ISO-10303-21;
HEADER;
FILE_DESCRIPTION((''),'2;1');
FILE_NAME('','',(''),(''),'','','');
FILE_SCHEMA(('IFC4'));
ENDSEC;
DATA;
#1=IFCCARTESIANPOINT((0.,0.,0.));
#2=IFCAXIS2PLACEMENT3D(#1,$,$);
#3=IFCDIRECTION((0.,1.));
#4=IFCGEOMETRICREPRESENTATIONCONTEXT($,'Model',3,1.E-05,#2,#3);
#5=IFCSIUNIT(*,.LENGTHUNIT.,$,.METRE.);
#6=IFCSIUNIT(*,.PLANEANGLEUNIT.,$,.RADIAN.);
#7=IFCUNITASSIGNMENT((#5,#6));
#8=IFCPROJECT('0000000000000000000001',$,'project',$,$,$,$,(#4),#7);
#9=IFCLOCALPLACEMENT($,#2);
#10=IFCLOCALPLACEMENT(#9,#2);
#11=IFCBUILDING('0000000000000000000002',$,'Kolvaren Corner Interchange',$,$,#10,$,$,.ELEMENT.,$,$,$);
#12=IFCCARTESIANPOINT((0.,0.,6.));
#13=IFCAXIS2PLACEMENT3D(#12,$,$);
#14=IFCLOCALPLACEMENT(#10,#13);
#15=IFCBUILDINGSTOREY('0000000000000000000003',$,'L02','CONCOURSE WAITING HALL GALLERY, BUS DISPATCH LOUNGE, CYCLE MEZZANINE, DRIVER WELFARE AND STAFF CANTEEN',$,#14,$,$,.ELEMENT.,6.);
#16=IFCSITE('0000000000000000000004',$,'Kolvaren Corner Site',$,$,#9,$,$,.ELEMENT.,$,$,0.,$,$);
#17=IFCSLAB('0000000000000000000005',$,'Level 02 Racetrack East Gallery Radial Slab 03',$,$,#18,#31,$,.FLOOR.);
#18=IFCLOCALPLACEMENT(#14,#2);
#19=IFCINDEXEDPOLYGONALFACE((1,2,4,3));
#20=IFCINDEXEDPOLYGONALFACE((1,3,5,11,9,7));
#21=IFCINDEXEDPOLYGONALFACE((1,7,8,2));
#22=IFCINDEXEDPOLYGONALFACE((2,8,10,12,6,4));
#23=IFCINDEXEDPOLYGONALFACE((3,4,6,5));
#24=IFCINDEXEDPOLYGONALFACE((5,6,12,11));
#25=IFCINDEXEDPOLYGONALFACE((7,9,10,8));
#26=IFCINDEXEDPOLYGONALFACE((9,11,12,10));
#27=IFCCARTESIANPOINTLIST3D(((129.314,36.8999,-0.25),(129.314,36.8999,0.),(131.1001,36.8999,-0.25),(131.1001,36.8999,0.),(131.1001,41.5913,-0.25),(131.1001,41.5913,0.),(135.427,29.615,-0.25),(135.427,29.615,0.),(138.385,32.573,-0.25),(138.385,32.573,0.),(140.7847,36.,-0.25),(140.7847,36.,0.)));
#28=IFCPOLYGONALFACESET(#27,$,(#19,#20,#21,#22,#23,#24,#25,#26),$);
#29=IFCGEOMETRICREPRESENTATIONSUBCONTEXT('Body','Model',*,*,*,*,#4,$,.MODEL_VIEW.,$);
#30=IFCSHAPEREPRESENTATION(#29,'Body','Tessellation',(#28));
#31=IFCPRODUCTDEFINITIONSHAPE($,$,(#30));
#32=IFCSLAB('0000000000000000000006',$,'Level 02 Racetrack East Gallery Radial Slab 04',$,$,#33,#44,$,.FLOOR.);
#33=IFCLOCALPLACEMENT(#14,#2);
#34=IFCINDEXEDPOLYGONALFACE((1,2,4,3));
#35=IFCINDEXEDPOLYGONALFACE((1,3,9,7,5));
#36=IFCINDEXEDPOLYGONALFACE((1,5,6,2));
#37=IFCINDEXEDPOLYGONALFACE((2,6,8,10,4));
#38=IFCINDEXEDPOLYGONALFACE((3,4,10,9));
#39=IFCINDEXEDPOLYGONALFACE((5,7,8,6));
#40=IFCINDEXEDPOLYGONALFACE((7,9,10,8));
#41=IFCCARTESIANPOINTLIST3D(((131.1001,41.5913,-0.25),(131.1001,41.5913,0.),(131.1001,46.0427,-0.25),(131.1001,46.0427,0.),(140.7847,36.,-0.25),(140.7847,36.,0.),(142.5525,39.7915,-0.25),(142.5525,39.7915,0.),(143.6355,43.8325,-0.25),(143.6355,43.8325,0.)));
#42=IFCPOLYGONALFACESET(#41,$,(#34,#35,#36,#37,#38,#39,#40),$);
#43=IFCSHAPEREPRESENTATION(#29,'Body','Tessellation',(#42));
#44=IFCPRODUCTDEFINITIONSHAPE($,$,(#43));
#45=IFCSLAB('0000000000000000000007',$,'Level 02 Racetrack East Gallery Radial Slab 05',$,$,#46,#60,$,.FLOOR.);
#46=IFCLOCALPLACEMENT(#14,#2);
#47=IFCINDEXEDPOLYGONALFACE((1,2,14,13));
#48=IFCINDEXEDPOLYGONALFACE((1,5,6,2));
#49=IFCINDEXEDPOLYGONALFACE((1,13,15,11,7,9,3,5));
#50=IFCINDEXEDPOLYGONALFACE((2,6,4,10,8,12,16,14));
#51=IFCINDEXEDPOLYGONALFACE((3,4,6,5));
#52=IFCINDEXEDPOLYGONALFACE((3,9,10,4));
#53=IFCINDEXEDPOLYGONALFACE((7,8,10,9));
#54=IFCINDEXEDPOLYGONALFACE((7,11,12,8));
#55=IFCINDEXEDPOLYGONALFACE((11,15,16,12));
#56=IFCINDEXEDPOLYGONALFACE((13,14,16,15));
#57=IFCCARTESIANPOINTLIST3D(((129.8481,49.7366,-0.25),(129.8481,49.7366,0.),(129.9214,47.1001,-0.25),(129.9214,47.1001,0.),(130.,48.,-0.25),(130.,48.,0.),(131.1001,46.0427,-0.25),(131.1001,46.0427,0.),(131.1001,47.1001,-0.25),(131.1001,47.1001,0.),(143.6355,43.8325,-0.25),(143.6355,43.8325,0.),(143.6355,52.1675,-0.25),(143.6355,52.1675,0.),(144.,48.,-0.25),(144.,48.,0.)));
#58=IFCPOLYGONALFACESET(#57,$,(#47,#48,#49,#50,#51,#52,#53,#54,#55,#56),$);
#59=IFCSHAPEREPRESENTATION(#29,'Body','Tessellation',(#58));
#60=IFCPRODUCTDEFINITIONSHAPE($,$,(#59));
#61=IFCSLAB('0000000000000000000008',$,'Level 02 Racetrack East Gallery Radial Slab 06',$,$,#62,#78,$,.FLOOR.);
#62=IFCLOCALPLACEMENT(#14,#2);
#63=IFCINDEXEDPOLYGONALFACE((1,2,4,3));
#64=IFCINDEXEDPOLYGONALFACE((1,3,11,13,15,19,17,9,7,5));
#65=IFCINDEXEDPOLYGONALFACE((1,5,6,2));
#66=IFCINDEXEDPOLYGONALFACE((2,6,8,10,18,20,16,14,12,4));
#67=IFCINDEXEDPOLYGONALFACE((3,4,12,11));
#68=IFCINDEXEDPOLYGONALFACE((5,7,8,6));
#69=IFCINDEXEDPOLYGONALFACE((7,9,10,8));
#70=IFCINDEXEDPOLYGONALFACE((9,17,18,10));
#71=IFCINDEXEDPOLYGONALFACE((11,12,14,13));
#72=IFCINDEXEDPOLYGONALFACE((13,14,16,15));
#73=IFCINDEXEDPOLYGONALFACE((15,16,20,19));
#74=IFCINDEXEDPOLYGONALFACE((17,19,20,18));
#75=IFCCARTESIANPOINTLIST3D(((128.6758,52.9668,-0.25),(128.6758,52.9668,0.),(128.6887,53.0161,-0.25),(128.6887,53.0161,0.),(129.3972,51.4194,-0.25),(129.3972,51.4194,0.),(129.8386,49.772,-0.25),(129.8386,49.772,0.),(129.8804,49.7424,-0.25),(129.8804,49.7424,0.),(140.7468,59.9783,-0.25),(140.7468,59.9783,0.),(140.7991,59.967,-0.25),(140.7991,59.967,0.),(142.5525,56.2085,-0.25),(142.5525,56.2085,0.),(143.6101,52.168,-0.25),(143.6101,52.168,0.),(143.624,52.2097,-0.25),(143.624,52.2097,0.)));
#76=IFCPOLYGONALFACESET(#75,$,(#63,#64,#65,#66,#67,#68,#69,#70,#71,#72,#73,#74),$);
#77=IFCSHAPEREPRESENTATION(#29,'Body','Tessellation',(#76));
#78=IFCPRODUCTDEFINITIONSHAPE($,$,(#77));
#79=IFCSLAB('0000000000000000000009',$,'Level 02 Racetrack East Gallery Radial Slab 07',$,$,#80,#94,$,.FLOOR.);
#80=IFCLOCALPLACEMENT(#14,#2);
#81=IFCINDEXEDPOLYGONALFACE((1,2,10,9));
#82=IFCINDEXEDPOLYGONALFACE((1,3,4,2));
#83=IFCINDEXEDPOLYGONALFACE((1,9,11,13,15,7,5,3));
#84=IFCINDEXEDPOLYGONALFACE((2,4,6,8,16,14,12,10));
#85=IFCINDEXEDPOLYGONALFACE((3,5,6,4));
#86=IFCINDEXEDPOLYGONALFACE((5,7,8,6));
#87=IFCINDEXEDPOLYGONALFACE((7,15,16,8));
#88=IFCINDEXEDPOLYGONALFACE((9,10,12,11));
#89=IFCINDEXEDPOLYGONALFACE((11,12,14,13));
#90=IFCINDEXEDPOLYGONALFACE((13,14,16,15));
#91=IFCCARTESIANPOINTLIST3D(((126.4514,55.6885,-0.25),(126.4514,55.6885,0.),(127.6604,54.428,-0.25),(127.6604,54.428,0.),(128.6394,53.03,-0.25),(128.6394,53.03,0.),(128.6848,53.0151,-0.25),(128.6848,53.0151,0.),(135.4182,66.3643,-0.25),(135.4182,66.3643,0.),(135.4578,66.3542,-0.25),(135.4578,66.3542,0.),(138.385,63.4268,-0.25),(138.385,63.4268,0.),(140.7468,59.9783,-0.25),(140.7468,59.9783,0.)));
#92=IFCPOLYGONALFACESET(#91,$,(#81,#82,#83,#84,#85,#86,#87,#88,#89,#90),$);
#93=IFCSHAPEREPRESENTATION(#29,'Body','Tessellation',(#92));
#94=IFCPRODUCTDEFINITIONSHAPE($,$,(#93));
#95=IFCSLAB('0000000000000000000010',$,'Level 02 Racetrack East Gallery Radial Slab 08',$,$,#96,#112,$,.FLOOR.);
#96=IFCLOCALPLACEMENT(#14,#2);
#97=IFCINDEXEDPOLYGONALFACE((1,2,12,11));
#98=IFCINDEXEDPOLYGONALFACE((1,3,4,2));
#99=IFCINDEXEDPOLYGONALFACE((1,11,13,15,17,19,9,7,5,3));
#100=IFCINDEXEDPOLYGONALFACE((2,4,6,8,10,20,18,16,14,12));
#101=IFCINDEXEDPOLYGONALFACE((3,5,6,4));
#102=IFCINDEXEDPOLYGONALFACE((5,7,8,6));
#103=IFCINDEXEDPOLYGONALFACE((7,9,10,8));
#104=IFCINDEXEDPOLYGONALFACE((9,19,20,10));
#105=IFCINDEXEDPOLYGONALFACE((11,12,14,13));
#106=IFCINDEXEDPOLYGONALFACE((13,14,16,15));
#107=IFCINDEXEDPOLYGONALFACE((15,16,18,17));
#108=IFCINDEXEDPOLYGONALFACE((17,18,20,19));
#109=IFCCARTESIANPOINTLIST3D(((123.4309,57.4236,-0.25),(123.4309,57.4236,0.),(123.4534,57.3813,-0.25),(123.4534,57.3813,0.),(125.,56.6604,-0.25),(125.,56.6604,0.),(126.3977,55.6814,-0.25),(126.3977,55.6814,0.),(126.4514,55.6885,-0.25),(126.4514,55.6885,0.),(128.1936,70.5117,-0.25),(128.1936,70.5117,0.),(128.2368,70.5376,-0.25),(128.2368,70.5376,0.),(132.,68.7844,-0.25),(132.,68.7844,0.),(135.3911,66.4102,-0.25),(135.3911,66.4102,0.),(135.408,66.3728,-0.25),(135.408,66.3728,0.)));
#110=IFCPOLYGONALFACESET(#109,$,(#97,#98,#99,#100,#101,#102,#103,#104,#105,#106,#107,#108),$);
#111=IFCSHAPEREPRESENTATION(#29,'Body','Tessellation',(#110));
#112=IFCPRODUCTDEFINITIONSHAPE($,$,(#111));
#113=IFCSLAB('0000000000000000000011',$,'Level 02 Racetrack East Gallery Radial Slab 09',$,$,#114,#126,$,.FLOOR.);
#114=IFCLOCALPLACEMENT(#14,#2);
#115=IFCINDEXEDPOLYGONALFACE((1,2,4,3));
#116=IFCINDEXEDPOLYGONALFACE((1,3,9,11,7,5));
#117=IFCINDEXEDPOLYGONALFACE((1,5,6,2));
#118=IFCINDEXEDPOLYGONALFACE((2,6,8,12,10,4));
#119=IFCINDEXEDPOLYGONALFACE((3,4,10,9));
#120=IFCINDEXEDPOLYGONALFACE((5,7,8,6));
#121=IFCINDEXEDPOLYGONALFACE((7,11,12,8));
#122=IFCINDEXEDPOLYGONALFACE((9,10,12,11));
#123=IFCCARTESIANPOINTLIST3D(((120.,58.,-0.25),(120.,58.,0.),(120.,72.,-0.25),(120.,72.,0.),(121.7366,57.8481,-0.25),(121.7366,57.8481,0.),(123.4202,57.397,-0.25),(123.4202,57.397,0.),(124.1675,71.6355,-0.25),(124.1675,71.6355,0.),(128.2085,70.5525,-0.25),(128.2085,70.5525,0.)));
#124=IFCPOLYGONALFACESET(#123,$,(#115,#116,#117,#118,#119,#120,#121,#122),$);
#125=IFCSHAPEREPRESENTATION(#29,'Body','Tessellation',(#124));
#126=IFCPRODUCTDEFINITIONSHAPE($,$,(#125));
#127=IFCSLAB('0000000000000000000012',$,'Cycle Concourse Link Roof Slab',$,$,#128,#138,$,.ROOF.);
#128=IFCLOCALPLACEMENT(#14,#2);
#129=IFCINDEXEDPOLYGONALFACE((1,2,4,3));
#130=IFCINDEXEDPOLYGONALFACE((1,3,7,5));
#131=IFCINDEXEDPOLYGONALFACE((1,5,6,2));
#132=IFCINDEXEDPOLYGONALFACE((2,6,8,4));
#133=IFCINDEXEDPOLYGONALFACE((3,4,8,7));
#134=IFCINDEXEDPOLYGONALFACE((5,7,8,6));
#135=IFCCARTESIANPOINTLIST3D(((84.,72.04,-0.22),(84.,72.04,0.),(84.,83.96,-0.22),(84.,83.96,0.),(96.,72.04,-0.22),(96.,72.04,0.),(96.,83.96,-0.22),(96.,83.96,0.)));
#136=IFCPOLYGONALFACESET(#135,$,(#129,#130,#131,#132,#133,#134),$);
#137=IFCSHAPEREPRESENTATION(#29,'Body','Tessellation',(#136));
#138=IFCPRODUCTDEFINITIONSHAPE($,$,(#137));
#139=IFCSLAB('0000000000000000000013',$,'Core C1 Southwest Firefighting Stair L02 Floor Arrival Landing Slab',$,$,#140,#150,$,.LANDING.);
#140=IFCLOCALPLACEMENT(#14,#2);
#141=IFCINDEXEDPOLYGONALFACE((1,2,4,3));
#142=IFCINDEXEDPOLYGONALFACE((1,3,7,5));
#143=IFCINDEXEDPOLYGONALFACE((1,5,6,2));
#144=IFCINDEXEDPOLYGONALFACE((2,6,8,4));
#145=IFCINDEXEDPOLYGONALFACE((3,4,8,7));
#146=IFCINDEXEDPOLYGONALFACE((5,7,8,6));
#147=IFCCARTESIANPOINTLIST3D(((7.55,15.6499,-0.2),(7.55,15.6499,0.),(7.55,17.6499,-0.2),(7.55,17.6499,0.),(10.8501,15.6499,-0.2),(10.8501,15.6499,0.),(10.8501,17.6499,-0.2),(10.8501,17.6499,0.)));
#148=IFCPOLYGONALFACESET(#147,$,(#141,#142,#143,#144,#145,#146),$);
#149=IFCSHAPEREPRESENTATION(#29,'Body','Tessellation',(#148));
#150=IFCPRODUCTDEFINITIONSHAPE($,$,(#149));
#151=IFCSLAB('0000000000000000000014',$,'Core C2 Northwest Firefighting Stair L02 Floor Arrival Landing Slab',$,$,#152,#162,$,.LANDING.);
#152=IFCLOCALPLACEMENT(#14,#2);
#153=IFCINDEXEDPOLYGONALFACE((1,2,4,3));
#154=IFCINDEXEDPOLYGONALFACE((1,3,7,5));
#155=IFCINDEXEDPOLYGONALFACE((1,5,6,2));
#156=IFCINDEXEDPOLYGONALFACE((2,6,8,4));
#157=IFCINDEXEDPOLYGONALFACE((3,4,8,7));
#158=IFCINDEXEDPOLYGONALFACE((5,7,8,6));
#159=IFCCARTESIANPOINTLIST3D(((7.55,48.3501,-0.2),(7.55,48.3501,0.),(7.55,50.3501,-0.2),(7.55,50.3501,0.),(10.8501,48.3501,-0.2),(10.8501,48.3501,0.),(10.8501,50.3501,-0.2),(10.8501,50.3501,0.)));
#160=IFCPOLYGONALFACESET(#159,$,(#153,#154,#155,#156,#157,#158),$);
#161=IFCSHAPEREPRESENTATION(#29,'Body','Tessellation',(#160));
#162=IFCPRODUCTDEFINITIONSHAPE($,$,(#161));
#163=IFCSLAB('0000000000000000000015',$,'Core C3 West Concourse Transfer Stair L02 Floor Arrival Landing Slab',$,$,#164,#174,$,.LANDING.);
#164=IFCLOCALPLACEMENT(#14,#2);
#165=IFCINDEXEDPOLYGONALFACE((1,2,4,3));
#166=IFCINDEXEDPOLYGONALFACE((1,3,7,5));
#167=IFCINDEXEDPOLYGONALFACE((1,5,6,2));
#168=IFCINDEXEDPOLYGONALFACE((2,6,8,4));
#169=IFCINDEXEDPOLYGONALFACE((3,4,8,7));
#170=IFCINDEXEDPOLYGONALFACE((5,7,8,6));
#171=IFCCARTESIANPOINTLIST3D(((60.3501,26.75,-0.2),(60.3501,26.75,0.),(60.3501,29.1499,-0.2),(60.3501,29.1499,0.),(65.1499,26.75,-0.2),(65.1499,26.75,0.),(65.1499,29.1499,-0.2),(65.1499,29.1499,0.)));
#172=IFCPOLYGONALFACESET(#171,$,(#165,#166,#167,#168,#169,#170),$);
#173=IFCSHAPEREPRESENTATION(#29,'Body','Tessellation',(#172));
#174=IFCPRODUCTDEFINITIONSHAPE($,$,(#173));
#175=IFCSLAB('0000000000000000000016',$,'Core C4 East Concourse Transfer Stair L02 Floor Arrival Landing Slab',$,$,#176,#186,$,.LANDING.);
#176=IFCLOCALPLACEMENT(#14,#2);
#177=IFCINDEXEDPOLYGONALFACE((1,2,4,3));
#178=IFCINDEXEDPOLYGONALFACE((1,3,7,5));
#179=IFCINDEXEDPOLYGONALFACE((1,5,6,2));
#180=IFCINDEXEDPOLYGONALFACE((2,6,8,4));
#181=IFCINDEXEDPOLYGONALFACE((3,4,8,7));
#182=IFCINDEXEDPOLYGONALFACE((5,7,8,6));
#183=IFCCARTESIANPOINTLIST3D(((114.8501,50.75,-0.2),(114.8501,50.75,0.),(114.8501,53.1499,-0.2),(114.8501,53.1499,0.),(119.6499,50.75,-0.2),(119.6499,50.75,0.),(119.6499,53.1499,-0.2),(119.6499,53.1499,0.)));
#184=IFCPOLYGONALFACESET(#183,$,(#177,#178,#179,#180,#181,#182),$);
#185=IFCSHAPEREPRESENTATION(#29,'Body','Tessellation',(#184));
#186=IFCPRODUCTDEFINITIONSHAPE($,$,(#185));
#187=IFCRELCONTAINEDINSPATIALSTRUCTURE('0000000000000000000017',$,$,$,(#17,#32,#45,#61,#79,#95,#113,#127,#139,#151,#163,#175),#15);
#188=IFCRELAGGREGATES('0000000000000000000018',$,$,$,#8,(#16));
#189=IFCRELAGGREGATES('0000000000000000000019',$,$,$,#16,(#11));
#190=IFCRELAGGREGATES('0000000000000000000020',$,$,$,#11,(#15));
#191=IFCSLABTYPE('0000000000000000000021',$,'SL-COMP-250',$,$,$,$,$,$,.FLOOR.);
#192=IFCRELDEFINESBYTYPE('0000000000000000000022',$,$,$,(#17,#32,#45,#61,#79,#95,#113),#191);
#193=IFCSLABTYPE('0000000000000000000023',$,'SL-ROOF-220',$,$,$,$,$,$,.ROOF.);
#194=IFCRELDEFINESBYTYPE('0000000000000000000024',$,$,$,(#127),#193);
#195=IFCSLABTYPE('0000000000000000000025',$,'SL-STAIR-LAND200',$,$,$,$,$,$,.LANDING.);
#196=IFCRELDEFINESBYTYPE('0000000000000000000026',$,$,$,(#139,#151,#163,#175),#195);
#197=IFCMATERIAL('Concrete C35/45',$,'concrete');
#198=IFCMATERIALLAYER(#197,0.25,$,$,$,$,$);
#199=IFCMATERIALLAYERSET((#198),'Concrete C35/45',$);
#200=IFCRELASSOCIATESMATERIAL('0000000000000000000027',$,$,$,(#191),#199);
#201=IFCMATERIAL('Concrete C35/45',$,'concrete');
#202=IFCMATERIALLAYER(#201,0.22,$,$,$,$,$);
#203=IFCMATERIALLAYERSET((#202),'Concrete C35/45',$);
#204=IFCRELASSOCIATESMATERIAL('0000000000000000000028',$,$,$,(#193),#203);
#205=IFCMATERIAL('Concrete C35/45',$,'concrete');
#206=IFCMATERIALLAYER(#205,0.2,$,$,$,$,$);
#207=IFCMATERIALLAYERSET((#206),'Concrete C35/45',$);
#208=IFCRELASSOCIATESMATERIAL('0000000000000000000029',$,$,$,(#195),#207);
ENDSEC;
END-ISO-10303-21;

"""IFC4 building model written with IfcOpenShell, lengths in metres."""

from ifc_helpers import new_model, si_unit, direction, frame, origin, place, context, subcontext, project, spatial, polyline, outline, extrude, material, layer, layer_set, type_object, element, save


model = new_model("IFC4")

# Units and contexts
model_context = context("Model", 3, precision=1e-05, world=origin(), true_north=direction((0.0, 1.0)))
body_context = subcontext(model_context, "Body", "Model", "MODEL_VIEW")
ifc_project = project(units=[si_unit("LENGTHUNIT", "METRE"), si_unit("PLANEANGLEUNIT", "RADIAN")], contexts=[model_context])

# Site, building, storey
site_placement = place(None, origin())
site = spatial("IfcSite", under=ifc_project, at=site_placement, Name="Kolvaren Corner Site", CompositionType="ELEMENT", RefElevation=0.0)
building_placement = place(site_placement, origin())
building = spatial("IfcBuilding", under=site, at=building_placement, Name="Kolvaren Corner Interchange", CompositionType="ELEMENT")
storey_placement = place(building_placement, frame((0.0, 0.0, 6.0)))
storey = spatial("IfcBuildingStorey", under=building, at=storey_placement, Name="L02", Description="CONCOURSE WAITING HALL GALLERY, BUS DISPATCH LOUNGE, CYCLE MEZZANINE, DRIVER WELFARE AND STAFF CANTEEN", CompositionType="ELEMENT", Elevation=6.0)

# Slabs
ifc_material_1 = material(Name="Concrete C35/45", Category="concrete")
ifc_layer_1 = layer(ifc_material_1, 0.25)
ifc_layer_set_1 = layer_set([ifc_layer_1], Name="Concrete C35/45")
slab_type_1 = type_object("IfcSlabType", Name="SL-COMP-250", PredefinedType="FLOOR", material=ifc_layer_set_1)
slab_1_placement = place(storey_placement, frame((0.0, 0.0, -0.25)))
element("IfcSlab", 1, at=slab_1_placement, inside=storey, type_object=slab_type_1, Name="Level 02 Racetrack East Gallery Radial Slab 03", PredefinedType="FLOOR", context=body_context, shape_type="SweptSolid", body=[
    extrude(outline(polyline([(129.314, 36.8999), (135.427, 29.615), (138.385, 32.573), (140.7847, 36.0), (131.1001, 41.5913), (131.1001, 36.8999), (129.314, 36.8999)])), origin(), (0.0, 0.0, 1.0), 0.25),
])
slab_2_placement = place(storey_placement, frame((0.0, 0.0, -0.25)))
element("IfcSlab", 2, at=slab_2_placement, inside=storey, type_object=slab_type_1, Name="Level 02 Racetrack East Gallery Radial Slab 04", PredefinedType="FLOOR", context=body_context, shape_type="SweptSolid", body=[
    extrude(outline(polyline([(143.6355, 43.8325), (131.1001, 46.0427), (131.1001, 41.5913), (140.7847, 36.0), (142.5525, 39.7915), (143.6355, 43.8325)])), origin(), (0.0, 0.0, 1.0), 0.25),
])
slab_3_placement = place(storey_placement, frame((0.0, 0.0, -0.25)))
element("IfcSlab", 3, at=slab_3_placement, inside=storey, type_object=slab_type_1, Name="Level 02 Racetrack East Gallery Radial Slab 05", PredefinedType="FLOOR", context=body_context, shape_type="SweptSolid", body=[
    extrude(outline(polyline([(143.6355, 52.1675), (129.8481, 49.7366), (130.0, 48.0), (129.9214, 47.1001), (131.1001, 47.1001), (131.1001, 46.0427), (143.6355, 43.8325), (144.0, 48.0), (143.6355, 52.1675)])), origin(), (0.0, 0.0, 1.0), 0.25),
])
slab_4_placement = place(storey_placement, frame((0.0, 0.0, -0.25)))
element("IfcSlab", 4, at=slab_4_placement, inside=storey, type_object=slab_type_1, Name="Level 02 Racetrack East Gallery Radial Slab 06", PredefinedType="FLOOR", context=body_context, shape_type="SweptSolid", body=[
    extrude(outline(polyline([(129.3972, 51.4194), (129.8386, 49.772), (129.8804, 49.7424), (143.6101, 52.168), (143.624, 52.2097), (142.5525, 56.2085), (140.7991, 59.967), (140.7468, 59.9783), (128.6887, 53.0161), (128.6758, 52.9668), (129.3972, 51.4194)])), origin(), (0.0, 0.0, 1.0), 0.25),
])
slab_5_placement = place(storey_placement, frame((0.0, 0.0, -0.25)))
element("IfcSlab", 5, at=slab_5_placement, inside=storey, type_object=slab_type_1, Name="Level 02 Racetrack East Gallery Radial Slab 07", PredefinedType="FLOOR", context=body_context, shape_type="SweptSolid", body=[
    extrude(outline(polyline([(138.385, 63.4268), (135.4578, 66.3542), (135.4182, 66.3643), (126.4514, 55.6885), (127.6604, 54.428), (128.6394, 53.03), (128.6848, 53.0151), (140.7468, 59.9783), (138.385, 63.4268)])), origin(), (0.0, 0.0, 1.0), 0.25),
])
slab_6_placement = place(storey_placement, frame((0.0, 0.0, -0.25)))
element("IfcSlab", 6, at=slab_6_placement, inside=storey, type_object=slab_type_1, Name="Level 02 Racetrack East Gallery Radial Slab 08", PredefinedType="FLOOR", context=body_context, shape_type="SweptSolid", body=[
    extrude(outline(polyline([(126.4514, 55.6885), (135.408, 66.3728), (135.3911, 66.4102), (132.0, 68.7844), (128.2368, 70.5376), (128.1936, 70.5117), (123.4309, 57.4236), (123.4534, 57.3813), (125.0, 56.6604), (126.3977, 55.6814), (126.4514, 55.6885)])), origin(), (0.0, 0.0, 1.0), 0.25),
])
slab_7_placement = place(storey_placement, frame((0.0, 0.0, -0.25)))
element("IfcSlab", 7, at=slab_7_placement, inside=storey, type_object=slab_type_1, Name="Level 02 Racetrack East Gallery Radial Slab 09", PredefinedType="FLOOR", context=body_context, shape_type="SweptSolid", body=[
    extrude(outline(polyline([(123.4202, 57.397), (128.2085, 70.5525), (124.1675, 71.6355), (120.0, 72.0), (120.0, 58.0), (121.7366, 57.8481), (123.4202, 57.397)])), origin(), (0.0, 0.0, 1.0), 0.25),
])
ifc_material_2 = material(Name="Concrete C35/45", Category="concrete")
ifc_layer_2 = layer(ifc_material_2, 0.22)
ifc_layer_set_2 = layer_set([ifc_layer_2], Name="Concrete C35/45")
slab_type_2 = type_object("IfcSlabType", Name="SL-ROOF-220", PredefinedType="ROOF", material=ifc_layer_set_2)
slab_8_placement = place(storey_placement, frame((0.0, 0.0, -0.22)))
element("IfcSlab", 8, at=slab_8_placement, inside=storey, type_object=slab_type_2, Name="Cycle Concourse Link Roof Slab", PredefinedType="ROOF", context=body_context, shape_type="SweptSolid", body=[
    extrude(outline(polyline([(84.0, 72.04), (96.0, 72.04), (96.0, 83.96), (84.0, 83.96), (84.0, 72.04)])), origin(), (0.0, 0.0, 1.0), 0.22),
])
ifc_material_3 = material(Name="Concrete C35/45", Category="concrete")
ifc_layer_3 = layer(ifc_material_3, 0.2)
ifc_layer_set_3 = layer_set([ifc_layer_3], Name="Concrete C35/45")
slab_type_3 = type_object("IfcSlabType", Name="SL-STAIR-LAND200", PredefinedType="LANDING", material=ifc_layer_set_3)
slab_9_placement = place(storey_placement, frame((0.0, 0.0, -0.2)))
element("IfcSlab", 9, at=slab_9_placement, inside=storey, type_object=slab_type_3, Name="Core C1 Southwest Firefighting Stair L02 Floor Arrival Landing Slab", PredefinedType="LANDING", context=body_context, shape_type="SweptSolid", body=[
    extrude(outline(polyline([(7.55, 17.6499), (7.55, 15.6499), (10.8501, 15.6499), (10.8501, 17.6499), (7.55, 17.6499)])), origin(), (0.0, 0.0, 1.0), 0.2),
])
slab_10_placement = place(storey_placement, frame((0.0, 0.0, -0.2)))
element("IfcSlab", 10, at=slab_10_placement, inside=storey, type_object=slab_type_3, Name="Core C2 Northwest Firefighting Stair L02 Floor Arrival Landing Slab", PredefinedType="LANDING", context=body_context, shape_type="SweptSolid", body=[
    extrude(outline(polyline([(10.8501, 48.3501), (10.8501, 50.3501), (7.55, 50.3501), (7.55, 48.3501), (10.8501, 48.3501)])), origin(), (0.0, 0.0, 1.0), 0.2),
])
slab_11_placement = place(storey_placement, frame((0.0, 0.0, -0.2)))
element("IfcSlab", 11, at=slab_11_placement, inside=storey, type_object=slab_type_3, Name="Core C3 West Concourse Transfer Stair L02 Floor Arrival Landing Slab", PredefinedType="LANDING", context=body_context, shape_type="SweptSolid", body=[
    extrude(outline(polyline([(65.1499, 26.75), (65.1499, 29.1499), (60.3501, 29.1499), (60.3501, 26.75), (65.1499, 26.75)])), origin(), (0.0, 0.0, 1.0), 0.2),
])
slab_12_placement = place(storey_placement, frame((0.0, 0.0, -0.2)))
element("IfcSlab", 12, at=slab_12_placement, inside=storey, type_object=slab_type_3, Name="Core C4 East Concourse Transfer Stair L02 Floor Arrival Landing Slab", PredefinedType="LANDING", context=body_context, shape_type="SweptSolid", body=[
    extrude(outline(polyline([(119.6499, 50.75), (119.6499, 53.1499), (114.8501, 53.1499), (114.8501, 50.75), (119.6499, 50.75)])), origin(), (0.0, 0.0, 1.0), 0.2),
])

save(model, "model.ifc")
